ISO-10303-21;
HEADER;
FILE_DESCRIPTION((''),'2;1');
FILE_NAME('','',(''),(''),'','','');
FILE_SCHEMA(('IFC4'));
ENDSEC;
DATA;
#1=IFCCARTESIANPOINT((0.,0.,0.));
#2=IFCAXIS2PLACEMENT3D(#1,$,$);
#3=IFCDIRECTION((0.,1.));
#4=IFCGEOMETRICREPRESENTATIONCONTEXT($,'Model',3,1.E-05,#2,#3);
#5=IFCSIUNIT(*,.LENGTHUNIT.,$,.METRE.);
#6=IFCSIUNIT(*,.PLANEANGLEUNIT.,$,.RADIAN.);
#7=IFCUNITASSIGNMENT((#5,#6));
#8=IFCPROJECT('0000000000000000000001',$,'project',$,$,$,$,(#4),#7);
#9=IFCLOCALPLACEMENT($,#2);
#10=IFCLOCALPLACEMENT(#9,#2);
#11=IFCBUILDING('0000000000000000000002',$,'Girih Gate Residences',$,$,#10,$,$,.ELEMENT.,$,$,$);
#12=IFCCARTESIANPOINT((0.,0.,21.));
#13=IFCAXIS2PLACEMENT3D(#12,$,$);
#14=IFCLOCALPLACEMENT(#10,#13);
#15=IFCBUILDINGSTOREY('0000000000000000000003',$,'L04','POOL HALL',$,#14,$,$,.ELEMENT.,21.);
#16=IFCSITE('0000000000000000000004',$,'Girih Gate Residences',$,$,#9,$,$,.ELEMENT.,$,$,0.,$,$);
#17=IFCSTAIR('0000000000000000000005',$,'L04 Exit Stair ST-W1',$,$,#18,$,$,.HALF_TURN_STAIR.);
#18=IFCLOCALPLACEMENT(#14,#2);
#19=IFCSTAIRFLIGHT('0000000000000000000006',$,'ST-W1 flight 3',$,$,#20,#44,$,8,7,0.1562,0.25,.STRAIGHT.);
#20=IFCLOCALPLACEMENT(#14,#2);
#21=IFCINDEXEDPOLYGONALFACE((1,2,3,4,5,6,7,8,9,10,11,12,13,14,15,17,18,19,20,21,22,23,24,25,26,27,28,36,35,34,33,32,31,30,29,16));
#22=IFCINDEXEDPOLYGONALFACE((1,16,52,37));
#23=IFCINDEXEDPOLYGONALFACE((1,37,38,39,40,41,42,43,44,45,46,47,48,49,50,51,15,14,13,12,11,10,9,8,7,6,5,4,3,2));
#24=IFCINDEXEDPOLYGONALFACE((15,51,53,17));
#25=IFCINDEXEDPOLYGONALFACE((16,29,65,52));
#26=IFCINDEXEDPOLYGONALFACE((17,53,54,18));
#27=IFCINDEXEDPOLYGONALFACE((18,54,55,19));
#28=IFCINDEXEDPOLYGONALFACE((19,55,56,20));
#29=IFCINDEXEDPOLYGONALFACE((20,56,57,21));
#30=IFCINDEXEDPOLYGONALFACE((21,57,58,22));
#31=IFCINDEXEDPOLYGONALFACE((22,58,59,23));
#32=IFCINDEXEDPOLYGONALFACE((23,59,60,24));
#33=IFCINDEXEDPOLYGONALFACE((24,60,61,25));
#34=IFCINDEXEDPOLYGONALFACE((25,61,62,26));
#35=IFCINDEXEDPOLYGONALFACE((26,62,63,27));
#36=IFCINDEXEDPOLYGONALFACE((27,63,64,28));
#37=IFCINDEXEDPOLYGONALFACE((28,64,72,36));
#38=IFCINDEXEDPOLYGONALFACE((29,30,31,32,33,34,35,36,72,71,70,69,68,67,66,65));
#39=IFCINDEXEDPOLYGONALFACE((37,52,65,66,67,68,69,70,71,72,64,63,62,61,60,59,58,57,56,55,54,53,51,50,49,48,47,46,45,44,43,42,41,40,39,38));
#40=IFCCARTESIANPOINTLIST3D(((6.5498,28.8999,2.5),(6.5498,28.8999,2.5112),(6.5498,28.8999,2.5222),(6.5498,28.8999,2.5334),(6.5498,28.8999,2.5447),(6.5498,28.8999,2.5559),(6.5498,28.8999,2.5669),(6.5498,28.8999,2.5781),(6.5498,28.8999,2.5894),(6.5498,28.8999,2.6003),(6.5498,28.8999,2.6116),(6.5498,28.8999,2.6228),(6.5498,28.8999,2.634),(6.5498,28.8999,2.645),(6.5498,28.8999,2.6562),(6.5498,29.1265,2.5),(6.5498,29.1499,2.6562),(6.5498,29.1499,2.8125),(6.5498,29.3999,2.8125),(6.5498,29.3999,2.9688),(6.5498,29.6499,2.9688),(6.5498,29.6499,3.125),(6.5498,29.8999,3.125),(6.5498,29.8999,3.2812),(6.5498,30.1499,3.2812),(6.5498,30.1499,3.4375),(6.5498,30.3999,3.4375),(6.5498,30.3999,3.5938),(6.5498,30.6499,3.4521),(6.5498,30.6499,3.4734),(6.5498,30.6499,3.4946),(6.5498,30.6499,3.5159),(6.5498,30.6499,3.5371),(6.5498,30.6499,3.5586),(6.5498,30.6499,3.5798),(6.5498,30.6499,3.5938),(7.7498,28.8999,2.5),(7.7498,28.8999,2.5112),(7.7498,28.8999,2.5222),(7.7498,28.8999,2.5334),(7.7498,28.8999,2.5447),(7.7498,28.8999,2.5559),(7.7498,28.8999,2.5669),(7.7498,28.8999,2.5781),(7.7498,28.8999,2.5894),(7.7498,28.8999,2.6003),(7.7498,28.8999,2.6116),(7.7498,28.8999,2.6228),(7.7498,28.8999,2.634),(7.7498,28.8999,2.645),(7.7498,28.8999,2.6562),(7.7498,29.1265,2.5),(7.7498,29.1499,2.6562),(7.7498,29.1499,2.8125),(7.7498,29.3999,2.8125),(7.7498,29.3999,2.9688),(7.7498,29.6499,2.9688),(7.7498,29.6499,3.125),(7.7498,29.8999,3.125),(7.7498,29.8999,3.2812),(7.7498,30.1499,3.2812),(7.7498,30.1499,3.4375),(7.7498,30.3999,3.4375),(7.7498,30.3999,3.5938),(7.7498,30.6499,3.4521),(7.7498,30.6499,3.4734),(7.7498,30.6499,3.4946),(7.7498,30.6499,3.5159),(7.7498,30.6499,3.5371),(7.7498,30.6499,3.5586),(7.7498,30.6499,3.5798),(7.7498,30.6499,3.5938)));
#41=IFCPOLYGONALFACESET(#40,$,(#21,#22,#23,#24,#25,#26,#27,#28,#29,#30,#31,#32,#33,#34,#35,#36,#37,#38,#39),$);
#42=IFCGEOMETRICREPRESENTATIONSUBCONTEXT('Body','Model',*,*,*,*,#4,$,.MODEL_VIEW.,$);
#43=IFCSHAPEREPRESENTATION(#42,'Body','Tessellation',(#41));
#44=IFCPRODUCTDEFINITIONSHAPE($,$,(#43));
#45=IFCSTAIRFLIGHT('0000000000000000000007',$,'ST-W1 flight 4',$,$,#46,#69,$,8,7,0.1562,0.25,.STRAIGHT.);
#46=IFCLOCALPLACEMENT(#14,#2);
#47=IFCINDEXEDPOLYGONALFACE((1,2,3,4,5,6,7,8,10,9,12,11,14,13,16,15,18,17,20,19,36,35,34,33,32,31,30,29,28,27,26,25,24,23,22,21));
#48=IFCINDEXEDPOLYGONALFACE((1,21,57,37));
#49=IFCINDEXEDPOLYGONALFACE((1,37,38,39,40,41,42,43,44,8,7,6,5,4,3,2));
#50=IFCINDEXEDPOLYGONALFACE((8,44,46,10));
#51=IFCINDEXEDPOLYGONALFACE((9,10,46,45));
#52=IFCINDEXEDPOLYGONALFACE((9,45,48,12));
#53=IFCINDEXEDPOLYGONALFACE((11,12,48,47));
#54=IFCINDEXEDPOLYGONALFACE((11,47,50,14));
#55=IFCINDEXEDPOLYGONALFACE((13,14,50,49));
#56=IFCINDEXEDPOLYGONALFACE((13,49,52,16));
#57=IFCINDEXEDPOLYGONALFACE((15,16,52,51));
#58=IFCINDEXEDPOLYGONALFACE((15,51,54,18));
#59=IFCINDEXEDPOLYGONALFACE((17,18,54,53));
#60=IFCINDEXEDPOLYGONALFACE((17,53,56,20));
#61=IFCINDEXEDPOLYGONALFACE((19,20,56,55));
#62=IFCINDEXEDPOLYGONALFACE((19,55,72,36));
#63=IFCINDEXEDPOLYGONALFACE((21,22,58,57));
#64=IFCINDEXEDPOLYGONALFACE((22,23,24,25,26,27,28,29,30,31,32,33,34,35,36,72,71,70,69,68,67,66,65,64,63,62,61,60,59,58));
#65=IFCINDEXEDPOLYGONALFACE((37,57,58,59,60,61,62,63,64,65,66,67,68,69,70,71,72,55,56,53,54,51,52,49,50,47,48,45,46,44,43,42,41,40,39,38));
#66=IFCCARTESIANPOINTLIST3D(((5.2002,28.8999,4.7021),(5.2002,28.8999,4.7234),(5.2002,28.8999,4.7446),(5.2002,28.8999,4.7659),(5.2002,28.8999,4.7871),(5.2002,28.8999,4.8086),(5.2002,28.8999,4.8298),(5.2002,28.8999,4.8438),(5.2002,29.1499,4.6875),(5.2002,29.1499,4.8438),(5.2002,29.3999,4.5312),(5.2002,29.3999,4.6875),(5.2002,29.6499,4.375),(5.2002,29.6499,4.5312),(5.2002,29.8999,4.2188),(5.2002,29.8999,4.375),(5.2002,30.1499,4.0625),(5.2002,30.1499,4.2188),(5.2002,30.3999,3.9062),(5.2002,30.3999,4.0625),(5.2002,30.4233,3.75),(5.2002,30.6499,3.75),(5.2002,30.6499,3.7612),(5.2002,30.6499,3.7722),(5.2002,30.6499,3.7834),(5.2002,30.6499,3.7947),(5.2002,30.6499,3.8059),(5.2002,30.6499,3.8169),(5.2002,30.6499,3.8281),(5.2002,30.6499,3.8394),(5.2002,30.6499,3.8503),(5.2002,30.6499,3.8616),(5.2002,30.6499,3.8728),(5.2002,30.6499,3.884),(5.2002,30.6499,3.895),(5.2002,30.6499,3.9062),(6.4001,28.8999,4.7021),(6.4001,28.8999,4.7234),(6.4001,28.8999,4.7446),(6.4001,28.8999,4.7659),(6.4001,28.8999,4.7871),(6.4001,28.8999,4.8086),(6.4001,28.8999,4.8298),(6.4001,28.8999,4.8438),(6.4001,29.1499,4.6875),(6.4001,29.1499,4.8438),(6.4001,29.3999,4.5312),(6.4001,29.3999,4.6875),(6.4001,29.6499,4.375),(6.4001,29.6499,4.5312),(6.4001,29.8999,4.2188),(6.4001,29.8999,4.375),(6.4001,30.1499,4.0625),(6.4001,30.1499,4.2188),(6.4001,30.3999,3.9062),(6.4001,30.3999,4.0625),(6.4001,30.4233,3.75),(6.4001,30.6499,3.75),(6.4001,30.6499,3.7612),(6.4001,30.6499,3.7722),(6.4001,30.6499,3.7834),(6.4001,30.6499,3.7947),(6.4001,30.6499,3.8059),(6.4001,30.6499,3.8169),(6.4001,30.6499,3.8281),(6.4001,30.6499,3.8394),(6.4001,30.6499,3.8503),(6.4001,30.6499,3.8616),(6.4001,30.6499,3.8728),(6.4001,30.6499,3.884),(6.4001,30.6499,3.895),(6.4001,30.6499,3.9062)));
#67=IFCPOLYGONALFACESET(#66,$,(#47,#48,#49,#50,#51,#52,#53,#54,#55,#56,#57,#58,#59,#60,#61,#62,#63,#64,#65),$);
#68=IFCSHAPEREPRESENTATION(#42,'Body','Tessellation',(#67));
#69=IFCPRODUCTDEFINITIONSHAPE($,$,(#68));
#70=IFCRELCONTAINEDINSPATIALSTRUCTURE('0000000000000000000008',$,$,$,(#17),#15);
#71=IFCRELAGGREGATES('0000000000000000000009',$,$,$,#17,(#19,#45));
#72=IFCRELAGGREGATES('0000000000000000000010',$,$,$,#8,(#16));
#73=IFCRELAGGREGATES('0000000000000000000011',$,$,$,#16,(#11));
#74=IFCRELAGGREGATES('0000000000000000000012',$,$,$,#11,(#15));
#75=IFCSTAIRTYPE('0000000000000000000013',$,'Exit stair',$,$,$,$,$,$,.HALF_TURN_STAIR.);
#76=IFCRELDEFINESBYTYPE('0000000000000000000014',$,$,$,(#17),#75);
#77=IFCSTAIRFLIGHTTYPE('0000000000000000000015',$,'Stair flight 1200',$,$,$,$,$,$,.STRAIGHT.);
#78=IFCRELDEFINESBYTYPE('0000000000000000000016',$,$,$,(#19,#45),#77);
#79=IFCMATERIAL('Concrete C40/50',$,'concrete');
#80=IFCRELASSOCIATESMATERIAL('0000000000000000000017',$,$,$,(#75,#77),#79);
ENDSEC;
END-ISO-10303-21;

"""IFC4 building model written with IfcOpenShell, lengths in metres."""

from ifc_helpers import new_model, si_unit, direction, frame, origin, place, context, subcontext, project, spatial, polyline, outline, extrude, material, type_object, element, aggregate, save


model = new_model("IFC4")

# Units and contexts
model_context = context("Model", 3, precision=1e-05, world=origin(), true_north=direction((0.0, 1.0)))
body_context = subcontext(model_context, "Body", "Model", "MODEL_VIEW")
ifc_project = project(units=[si_unit("LENGTHUNIT", "METRE"), si_unit("PLANEANGLEUNIT", "RADIAN")], contexts=[model_context])

# Site, building, storey
site_placement = place(None, origin())
site = spatial("IfcSite", under=ifc_project, at=site_placement, Name="Girih Gate Residences", CompositionType="ELEMENT", RefElevation=0.0)
building_placement = place(site_placement, origin())
building = spatial("IfcBuilding", under=site, at=building_placement, Name="Girih Gate Residences", CompositionType="ELEMENT")
storey_placement = place(building_placement, frame((0.0, 0.0, 21.0)))
storey = spatial("IfcBuildingStorey", under=building, at=storey_placement, Name="L04", Description="POOL HALL", CompositionType="ELEMENT", Elevation=21.0)

# Shared definitions
ifc_material_1 = material(Name="Concrete C40/50", Category="concrete")

# Stair, stair flights
stair_type = type_object("IfcStairType", Name="Exit stair", PredefinedType="HALF_TURN_STAIR", material=ifc_material_1)
stair_placement = place(storey_placement, origin())
stair = element("IfcStair", 1, at=stair_placement, inside=storey, type_object=stair_type, Name="L04 Exit Stair ST-W1", PredefinedType="HALF_TURN_STAIR")
stair_flight_type = type_object("IfcStairFlightType", Name="Stair flight 1200", PredefinedType="STRAIGHT", material=ifc_material_1)
stair_flight_1_placement = place(storey_placement, frame((7.1499, 28.8999, 2.5), z_axis=(0.0, 0.0, 1.0), x_axis=(0.0, 1.0, 0.0)))
stair_flight_1 = element("IfcStairFlight", 2, at=stair_flight_1_placement, type_object=stair_flight_type, Name="ST-W1 flight 3", NumberOfRisers=8, NumberOfTreads=7, PredefinedType="STRAIGHT", RiserHeight=0.1562, TreadLength=0.25, context=body_context, shape_type="SweptSolid", body=[
    extrude(outline(polyline([(0.0, 0.0), (0.0, 0.0112), (0.0, 0.0222), (0.0, 0.0334), (0.0, 0.0447), (0.0, 0.0559), (0.0, 0.0669), (0.0, 0.0781), (0.0, 0.0894), (0.0, 0.1003), (0.0, 0.1116), (0.0, 0.1228), (0.0, 0.134), (0.0, 0.145), (0.0, 0.1562), (0.25, 0.1562), (0.25, 0.3125), (0.5, 0.3125), (0.5, 0.4688), (0.75, 0.4688), (0.75, 0.625), (1.0, 0.625), (1.0, 0.7812), (1.25, 0.7812), (1.25, 0.9375), (1.5, 0.9375), (1.5, 1.0938), (1.75, 1.0938), (1.75, 1.105), (1.75, 1.116), (1.75, 1.1272), (1.75, 1.1384), (1.75, 1.1497), (1.75, 1.1606), (1.75, 1.1719), (1.75, 1.1831), (1.75, 1.1941), (1.75, 1.2053), (1.75, 1.2166), (1.75, 1.2278), (1.75, 1.2388), (1.75, 1.25), (1.75, 1.2288), (1.75, 1.2075), (1.75, 1.1863), (1.75, 1.1648), (1.75, 1.1436), (1.75, 1.1223), (1.75, 1.1011), (1.75, 1.0798), (1.75, 1.0586), (1.75, 1.0371), (1.75, 1.0159), (1.75, 0.9946), (1.75, 0.9734), (1.75, 0.9521), (0.2266, 0.0), (0.0, 0.0)])), frame((0.0, 0.6001, 0.0), z_axis=(0.0, -1.0, 0.0), x_axis=(1.0, 0.0, 0.0)), (0.0, 0.0, 1.0), 1.2),
])
stair_flight_2_placement = place(storey_placement, frame((5.8, 30.6499, 3.75), z_axis=(0.0, 0.0, 1.0), x_axis=(0.0, -1.0, 0.0)))
stair_flight_2 = element("IfcStairFlight", 3, at=stair_flight_2_placement, type_object=stair_flight_type, Name="ST-W1 flight 4", NumberOfRisers=8, NumberOfTreads=7, PredefinedType="STRAIGHT", RiserHeight=0.1562, TreadLength=0.25, context=body_context, shape_type="SweptSolid", body=[
    extrude(outline(polyline([(0.0, 0.0), (0.0, 0.0112), (0.0, 0.0222), (0.0, 0.0334), (0.0, 0.0447), (0.0, 0.0559), (0.0, 0.0669), (0.0, 0.0781), (0.0, 0.0894), (0.0, 0.1003), (0.0, 0.1116), (0.0, 0.1228), (0.0, 0.134), (0.0, 0.145), (0.0, 0.1562), (0.25, 0.1562), (0.25, 0.3125), (0.5, 0.3125), (0.5, 0.4688), (0.75, 0.4688), (0.75, 0.625), (1.0, 0.625), (1.0, 0.7812), (1.25, 0.7812), (1.25, 0.9375), (1.5, 0.9375), (1.5, 1.0938), (1.75, 1.0938), (1.75, 1.105), (1.75, 1.116), (1.75, 1.1272), (1.75, 1.1384), (1.75, 1.1497), (1.75, 1.1606), (1.75, 1.1719), (1.75, 1.1831), (1.75, 1.1941), (1.75, 1.2053), (1.75, 1.2166), (1.75, 1.2278), (1.75, 1.2388), (1.75, 1.25), (1.75, 1.2288), (1.75, 1.2075), (1.75, 1.1863), (1.75, 1.1648), (1.75, 1.1436), (1.75, 1.1223), (1.75, 1.1011), (1.75, 1.0798), (1.75, 1.0586), (1.75, 1.0371), (1.75, 1.0159), (1.75, 0.9946), (1.75, 0.9734), (1.75, 0.9521), (0.2266, 0.0), (0.0, 0.0)])), frame((0.0, 0.6001, 0.0), z_axis=(0.0, -1.0, 0.0), x_axis=(1.0, 0.0, 0.0)), (0.0, 0.0, 1.0), 1.2),
])
aggregate(stair, [stair_flight_1, stair_flight_2])

save(model, "model.ifc")
